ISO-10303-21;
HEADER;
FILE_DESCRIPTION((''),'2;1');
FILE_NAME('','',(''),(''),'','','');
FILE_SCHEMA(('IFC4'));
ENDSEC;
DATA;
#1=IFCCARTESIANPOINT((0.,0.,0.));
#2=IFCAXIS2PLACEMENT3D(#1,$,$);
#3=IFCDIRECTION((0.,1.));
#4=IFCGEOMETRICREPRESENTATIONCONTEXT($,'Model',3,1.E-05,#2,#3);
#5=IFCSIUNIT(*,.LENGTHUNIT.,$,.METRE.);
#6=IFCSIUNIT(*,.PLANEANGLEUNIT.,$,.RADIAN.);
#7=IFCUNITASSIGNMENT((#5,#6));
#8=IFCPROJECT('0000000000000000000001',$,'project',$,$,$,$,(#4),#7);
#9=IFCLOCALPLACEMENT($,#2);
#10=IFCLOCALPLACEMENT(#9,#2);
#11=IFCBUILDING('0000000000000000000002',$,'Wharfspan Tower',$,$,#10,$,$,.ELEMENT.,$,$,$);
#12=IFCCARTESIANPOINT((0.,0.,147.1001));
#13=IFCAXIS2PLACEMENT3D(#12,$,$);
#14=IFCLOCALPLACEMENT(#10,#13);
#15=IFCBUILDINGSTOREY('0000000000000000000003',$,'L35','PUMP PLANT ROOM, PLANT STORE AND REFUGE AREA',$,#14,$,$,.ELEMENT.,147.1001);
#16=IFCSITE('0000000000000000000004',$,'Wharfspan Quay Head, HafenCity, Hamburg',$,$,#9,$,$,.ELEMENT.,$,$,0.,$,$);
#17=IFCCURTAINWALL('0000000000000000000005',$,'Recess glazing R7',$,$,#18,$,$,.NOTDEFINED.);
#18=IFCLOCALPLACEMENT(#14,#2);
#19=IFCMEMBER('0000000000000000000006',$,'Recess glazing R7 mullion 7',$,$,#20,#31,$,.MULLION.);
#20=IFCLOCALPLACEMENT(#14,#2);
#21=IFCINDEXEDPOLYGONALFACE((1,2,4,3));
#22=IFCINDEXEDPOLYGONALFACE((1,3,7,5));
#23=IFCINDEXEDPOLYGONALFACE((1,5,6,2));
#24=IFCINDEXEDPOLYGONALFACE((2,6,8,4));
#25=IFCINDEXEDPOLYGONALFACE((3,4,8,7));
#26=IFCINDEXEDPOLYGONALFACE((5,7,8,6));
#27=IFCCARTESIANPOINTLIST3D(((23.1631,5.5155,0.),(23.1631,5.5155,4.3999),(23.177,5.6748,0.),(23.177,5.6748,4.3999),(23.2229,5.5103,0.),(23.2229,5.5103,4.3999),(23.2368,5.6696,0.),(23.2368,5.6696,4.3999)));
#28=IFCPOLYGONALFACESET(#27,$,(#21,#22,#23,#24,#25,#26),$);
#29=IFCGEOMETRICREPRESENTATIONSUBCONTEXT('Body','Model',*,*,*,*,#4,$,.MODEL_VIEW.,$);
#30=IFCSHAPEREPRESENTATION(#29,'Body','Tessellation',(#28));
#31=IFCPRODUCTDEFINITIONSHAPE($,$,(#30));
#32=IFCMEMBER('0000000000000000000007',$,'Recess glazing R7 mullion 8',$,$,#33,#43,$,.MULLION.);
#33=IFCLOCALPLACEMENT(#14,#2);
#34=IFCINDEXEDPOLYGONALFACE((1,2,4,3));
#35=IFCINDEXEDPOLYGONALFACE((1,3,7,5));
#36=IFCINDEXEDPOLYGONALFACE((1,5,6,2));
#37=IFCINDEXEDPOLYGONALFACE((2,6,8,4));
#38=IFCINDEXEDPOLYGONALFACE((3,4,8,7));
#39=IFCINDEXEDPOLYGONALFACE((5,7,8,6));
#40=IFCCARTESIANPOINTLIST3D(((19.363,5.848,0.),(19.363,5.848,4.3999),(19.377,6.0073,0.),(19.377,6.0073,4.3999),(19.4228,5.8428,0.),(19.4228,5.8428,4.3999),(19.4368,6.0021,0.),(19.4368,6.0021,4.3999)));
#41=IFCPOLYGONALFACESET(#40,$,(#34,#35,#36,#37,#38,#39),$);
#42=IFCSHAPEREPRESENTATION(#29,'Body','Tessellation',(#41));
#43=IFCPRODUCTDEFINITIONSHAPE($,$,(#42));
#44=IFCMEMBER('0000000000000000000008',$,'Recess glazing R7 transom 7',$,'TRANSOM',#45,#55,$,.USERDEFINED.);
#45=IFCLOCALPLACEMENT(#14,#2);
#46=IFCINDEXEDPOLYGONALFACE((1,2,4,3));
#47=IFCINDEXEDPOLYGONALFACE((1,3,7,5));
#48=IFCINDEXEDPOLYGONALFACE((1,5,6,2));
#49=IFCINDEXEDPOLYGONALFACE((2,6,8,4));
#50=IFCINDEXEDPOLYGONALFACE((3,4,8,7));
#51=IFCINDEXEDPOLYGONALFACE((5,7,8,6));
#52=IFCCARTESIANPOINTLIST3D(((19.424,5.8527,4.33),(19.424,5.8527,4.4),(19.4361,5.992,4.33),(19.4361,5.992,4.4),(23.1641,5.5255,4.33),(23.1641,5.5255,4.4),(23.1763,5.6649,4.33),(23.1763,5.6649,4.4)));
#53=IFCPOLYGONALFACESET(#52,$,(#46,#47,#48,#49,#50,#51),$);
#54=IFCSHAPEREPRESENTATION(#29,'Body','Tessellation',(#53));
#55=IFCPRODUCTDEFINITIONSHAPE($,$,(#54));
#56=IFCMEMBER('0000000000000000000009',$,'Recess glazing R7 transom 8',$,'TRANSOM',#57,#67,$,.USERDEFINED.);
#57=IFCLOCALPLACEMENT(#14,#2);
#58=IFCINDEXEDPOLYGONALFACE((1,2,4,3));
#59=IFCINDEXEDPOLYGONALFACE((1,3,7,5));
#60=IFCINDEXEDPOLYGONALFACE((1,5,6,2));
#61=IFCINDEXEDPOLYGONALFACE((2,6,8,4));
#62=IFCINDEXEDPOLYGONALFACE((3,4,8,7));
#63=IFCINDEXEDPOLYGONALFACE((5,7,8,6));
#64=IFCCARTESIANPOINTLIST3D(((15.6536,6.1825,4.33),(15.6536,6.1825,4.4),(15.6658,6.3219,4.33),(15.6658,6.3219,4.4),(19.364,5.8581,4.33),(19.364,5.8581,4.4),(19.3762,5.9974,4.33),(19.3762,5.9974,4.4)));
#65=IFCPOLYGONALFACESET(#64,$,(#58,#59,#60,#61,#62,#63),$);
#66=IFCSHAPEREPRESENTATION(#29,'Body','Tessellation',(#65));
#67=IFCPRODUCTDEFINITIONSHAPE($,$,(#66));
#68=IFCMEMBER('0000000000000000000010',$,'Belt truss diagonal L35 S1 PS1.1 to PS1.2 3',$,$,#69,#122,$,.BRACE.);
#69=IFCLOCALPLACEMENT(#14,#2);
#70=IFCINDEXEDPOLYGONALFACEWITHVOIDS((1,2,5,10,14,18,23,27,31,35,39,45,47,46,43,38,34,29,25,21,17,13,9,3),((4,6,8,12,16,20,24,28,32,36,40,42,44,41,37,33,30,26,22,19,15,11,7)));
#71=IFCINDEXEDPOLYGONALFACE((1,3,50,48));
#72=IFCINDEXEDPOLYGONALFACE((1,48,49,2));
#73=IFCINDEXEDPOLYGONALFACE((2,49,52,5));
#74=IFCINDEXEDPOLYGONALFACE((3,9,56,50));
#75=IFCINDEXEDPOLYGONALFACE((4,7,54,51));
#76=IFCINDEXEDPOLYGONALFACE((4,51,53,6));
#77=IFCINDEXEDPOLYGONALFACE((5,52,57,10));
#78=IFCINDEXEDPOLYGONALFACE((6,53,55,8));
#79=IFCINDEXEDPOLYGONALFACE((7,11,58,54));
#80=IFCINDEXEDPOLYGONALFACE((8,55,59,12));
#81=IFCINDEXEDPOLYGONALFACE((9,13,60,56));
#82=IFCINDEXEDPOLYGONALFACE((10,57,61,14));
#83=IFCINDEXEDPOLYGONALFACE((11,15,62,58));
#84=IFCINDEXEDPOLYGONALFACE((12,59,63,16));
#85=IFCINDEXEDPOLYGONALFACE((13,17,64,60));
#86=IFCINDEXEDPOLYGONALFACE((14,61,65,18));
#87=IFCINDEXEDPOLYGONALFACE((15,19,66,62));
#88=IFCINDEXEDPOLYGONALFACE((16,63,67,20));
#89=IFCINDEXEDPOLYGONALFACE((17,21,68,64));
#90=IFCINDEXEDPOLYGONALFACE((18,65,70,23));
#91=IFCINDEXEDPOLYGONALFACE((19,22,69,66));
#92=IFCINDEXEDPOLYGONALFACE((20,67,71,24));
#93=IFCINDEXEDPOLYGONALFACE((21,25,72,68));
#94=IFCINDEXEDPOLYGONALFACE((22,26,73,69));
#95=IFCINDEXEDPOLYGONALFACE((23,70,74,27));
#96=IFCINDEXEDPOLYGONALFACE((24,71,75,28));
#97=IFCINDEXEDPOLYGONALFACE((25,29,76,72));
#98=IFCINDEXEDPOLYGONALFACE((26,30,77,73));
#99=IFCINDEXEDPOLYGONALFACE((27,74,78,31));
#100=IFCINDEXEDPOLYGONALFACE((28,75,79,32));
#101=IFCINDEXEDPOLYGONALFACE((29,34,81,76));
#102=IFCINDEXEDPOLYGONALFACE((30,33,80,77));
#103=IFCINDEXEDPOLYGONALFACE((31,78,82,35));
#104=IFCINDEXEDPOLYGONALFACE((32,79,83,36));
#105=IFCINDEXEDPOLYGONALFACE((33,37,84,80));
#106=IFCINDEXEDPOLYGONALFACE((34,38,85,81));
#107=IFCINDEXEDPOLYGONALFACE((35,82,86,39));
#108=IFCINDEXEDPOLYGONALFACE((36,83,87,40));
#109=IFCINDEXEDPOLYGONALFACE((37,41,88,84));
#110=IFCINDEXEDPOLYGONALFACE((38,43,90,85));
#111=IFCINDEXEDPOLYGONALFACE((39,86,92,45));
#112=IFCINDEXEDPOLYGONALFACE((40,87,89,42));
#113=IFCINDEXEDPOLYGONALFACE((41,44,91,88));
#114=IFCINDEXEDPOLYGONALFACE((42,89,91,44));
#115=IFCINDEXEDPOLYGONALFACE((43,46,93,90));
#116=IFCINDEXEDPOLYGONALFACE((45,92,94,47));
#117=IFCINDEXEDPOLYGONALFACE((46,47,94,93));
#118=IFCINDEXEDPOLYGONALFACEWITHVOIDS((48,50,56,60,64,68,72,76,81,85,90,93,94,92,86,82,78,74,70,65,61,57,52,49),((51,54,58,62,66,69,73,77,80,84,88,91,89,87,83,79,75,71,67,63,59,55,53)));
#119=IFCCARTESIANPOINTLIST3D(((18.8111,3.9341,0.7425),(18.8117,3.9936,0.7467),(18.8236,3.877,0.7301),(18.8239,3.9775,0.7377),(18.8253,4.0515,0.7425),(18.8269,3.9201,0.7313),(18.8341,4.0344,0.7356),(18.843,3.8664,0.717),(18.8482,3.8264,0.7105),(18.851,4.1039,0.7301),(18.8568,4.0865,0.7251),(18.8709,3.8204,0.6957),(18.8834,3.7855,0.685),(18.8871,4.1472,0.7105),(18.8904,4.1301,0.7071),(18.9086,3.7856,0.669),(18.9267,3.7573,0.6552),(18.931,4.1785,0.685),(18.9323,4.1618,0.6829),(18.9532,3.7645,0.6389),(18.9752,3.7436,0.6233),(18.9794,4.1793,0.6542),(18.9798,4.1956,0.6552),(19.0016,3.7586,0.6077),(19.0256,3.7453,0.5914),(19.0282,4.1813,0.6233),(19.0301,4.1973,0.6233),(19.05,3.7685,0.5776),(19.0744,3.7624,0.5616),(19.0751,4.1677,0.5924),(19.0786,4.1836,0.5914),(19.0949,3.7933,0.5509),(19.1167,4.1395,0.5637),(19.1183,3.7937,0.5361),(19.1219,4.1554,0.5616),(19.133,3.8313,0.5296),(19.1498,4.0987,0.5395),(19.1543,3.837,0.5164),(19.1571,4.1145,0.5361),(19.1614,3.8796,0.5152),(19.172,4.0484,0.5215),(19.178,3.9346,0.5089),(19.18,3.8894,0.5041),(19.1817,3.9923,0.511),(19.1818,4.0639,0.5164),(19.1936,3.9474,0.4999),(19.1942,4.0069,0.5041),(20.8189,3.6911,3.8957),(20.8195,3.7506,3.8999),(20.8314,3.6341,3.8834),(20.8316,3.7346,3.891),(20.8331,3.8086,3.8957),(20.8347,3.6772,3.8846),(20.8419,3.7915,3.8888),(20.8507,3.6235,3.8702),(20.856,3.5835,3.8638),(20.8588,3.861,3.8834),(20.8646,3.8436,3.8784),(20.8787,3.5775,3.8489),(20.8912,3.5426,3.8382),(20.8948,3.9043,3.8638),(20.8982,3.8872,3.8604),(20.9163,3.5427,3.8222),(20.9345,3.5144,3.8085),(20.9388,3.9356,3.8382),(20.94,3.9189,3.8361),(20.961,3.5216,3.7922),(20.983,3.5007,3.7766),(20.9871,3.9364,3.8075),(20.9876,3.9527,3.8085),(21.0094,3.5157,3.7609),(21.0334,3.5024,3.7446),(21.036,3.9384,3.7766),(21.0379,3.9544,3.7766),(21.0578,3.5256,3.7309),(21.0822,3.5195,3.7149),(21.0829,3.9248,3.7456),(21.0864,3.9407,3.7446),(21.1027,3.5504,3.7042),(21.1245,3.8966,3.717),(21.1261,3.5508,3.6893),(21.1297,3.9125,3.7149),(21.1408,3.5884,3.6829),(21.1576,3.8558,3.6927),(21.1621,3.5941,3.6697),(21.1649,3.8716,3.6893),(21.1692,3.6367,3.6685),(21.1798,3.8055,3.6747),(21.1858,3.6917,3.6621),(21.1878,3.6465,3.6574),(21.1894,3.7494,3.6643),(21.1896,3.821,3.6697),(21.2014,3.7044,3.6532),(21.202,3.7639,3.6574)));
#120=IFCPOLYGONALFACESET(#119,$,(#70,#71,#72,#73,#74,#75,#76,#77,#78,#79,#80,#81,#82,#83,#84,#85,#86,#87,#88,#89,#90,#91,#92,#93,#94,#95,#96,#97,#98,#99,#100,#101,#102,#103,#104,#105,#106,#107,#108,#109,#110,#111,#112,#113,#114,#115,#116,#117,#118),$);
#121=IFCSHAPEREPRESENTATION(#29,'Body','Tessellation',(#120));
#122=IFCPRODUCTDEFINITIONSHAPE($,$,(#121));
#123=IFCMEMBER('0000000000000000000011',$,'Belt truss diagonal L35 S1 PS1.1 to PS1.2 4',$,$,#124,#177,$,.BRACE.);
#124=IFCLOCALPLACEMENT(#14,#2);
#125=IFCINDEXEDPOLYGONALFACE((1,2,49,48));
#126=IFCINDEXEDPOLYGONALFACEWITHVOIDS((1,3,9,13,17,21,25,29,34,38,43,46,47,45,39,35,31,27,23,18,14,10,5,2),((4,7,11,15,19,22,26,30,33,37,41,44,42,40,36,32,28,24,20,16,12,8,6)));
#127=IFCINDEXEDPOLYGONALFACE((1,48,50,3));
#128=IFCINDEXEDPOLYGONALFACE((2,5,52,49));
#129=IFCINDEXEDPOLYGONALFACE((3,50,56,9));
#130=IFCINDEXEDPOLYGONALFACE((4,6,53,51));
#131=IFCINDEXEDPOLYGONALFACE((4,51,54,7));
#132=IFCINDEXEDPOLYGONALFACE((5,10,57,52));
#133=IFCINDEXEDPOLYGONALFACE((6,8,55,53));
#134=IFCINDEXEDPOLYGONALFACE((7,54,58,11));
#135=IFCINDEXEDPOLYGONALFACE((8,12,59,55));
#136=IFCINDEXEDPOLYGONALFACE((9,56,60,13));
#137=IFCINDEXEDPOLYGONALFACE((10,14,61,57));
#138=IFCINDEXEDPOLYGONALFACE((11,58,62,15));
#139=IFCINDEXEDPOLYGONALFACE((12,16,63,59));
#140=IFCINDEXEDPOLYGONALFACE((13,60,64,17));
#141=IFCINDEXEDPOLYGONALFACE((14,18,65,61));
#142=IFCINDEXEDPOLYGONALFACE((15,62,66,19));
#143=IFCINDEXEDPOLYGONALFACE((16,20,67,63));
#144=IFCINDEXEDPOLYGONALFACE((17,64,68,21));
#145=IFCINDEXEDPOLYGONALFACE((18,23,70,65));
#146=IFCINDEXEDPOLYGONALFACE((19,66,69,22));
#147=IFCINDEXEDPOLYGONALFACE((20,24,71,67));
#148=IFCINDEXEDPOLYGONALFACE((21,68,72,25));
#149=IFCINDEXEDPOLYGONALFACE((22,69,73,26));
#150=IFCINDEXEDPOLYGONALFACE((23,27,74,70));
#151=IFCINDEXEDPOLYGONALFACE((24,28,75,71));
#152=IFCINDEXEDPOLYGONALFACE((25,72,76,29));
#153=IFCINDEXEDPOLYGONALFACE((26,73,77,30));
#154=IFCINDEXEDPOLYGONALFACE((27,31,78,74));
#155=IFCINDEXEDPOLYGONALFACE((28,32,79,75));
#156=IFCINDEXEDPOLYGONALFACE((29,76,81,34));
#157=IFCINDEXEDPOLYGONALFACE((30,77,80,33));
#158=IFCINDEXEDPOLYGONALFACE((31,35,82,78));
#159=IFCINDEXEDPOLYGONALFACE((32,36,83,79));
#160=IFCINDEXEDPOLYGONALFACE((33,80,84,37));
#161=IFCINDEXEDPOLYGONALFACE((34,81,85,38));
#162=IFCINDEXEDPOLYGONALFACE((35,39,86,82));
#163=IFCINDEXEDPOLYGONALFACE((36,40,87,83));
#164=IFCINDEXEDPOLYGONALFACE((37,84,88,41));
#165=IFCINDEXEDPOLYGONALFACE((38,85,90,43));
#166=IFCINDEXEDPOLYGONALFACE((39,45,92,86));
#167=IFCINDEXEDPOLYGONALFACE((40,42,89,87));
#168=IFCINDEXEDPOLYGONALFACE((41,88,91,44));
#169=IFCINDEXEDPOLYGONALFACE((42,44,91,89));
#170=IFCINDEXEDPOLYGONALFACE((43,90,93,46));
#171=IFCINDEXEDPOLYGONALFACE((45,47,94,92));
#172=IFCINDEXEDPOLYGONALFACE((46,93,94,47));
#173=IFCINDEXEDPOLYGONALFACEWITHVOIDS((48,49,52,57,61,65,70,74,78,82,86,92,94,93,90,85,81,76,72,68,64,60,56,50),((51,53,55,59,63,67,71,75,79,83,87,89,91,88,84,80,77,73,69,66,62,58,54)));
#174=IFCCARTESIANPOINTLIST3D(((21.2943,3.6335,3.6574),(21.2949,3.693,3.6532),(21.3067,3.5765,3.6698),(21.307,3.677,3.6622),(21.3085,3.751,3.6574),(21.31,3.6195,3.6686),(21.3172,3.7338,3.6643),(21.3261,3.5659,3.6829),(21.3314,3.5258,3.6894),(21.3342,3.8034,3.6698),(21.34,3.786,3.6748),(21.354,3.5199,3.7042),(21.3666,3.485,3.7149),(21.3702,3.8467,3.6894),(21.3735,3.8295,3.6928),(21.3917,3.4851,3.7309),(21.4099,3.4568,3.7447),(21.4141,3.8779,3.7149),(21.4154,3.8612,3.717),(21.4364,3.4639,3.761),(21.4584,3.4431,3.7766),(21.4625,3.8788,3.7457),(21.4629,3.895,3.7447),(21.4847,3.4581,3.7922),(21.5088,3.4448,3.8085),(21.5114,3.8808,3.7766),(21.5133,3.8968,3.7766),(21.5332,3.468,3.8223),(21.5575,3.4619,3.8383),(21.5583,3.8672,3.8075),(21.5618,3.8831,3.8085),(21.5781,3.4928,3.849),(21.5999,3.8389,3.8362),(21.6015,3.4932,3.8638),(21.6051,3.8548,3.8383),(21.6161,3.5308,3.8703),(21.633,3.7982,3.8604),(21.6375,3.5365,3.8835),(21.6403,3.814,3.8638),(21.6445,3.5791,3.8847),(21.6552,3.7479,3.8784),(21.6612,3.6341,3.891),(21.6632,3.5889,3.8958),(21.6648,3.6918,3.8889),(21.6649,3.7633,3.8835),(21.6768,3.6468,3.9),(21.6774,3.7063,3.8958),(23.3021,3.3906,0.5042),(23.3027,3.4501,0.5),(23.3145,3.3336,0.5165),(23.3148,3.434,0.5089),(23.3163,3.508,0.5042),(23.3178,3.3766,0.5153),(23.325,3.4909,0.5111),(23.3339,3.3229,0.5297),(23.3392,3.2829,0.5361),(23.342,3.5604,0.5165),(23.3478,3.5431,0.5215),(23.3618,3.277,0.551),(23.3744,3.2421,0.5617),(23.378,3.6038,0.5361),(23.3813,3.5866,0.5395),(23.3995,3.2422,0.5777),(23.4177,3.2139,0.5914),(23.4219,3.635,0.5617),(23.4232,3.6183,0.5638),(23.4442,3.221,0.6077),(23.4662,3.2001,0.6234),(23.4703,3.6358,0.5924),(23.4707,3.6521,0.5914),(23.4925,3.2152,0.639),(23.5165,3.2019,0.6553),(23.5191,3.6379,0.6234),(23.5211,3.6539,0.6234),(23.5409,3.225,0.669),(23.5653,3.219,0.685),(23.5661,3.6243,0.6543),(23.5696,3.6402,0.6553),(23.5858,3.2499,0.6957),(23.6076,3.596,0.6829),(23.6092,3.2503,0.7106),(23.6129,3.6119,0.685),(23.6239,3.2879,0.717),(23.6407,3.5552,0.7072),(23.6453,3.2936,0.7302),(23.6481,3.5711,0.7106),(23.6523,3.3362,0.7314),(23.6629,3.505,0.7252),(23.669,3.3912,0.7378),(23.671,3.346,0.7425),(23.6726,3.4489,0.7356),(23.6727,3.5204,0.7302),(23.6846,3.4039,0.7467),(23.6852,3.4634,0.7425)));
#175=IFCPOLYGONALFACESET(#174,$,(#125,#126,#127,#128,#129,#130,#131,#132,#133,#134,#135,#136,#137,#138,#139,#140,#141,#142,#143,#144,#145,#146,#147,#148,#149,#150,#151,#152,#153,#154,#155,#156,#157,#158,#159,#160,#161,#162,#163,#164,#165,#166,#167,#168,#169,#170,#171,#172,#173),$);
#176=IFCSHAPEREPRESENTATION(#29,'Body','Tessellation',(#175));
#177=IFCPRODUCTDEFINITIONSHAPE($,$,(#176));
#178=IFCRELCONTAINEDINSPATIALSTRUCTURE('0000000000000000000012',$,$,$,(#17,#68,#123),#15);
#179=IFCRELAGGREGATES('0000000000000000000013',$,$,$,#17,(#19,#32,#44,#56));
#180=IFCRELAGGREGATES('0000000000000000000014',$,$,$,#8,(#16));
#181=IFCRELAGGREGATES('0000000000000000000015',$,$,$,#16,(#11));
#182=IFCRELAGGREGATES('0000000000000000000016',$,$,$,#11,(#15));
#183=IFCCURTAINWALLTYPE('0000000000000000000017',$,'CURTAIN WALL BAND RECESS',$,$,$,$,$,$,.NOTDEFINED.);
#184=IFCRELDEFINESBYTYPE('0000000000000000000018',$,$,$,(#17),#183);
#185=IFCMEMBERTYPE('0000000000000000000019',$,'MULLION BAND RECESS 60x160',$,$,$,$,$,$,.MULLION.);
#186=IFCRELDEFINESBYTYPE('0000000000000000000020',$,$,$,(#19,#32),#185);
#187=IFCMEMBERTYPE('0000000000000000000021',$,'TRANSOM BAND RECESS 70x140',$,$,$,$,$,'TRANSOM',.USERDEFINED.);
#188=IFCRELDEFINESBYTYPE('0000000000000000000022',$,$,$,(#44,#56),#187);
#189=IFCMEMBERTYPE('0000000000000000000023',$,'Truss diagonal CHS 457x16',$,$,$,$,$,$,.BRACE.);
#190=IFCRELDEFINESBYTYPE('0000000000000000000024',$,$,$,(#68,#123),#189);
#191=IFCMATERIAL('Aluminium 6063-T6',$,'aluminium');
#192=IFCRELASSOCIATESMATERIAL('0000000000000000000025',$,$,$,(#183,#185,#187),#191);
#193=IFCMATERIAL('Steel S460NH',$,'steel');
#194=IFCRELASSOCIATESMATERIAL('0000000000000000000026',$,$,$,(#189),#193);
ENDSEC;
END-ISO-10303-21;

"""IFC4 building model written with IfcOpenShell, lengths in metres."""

from ifc_helpers import new_model, si_unit, direction, frame, origin, origin_2d, place, context, subcontext, project, spatial, rectangle, hollow_circle, extrude, material, material_profile, profile_set, type_object, element, aggregate, save


model = new_model("IFC4")

# Units and contexts
model_context = context("Model", 3, precision=1e-05, world=origin(), true_north=direction((0.0, 1.0)))
body_context = subcontext(model_context, "Body", "Model", "MODEL_VIEW")
ifc_project = project(units=[si_unit("LENGTHUNIT", "METRE"), si_unit("PLANEANGLEUNIT", "RADIAN")], contexts=[model_context])

# Site, building, storey
site_placement = place(None, origin())
site = spatial("IfcSite", under=ifc_project, at=site_placement, Name="Wharfspan Quay Head, HafenCity, Hamburg", CompositionType="ELEMENT", RefElevation=0.0)
building_placement = place(site_placement, origin())
building = spatial("IfcBuilding", under=site, at=building_placement, Name="Wharfspan Tower", CompositionType="ELEMENT")
storey_placement = place(building_placement, frame((0.0, 0.0, 147.1001)))
storey = spatial("IfcBuildingStorey", under=building, at=storey_placement, Name="L35", Description="PUMP PLANT ROOM, PLANT STORE AND REFUGE AREA", CompositionType="ELEMENT", Elevation=147.1001)

# Curtain wall, members
ifc_material_1 = material(Name="Aluminium 6063-T6", Category="aluminium")
curtain_wall_type = type_object("IfcCurtainWallType", Name="CURTAIN WALL BAND RECESS", PredefinedType="NOTDEFINED", material=ifc_material_1)
curtain_wall_placement = place(storey_placement, origin())
curtain_wall = element("IfcCurtainWall", 1, at=curtain_wall_placement, inside=storey, type_object=curtain_wall_type, Name="Recess glazing R7", PredefinedType="NOTDEFINED")
ifc_material_profile_1 = material_profile(ifc_material_1, rectangle(XDim=0.1599, YDim=0.0601, at=origin_2d()))
ifc_profile_set_1 = profile_set([ifc_material_profile_1], Name="Aluminium 6063-T6")
member_type_1 = type_object("IfcMemberType", Name="MULLION BAND RECESS 60x160", PredefinedType="MULLION", material=ifc_profile_set_1)
member_1_placement = place(storey_placement, frame((23.2, 5.5925, 0.0), z_axis=(0.0, 0.0, 1.0), x_axis=(-0.087156, -0.996198, 0.0)))
member_1 = element("IfcMember", 2, at=member_1_placement, type_object=member_type_1, Name="Recess glazing R7 mullion 7", PredefinedType="MULLION", context=body_context, shape_type="SweptSolid", body=[
    extrude(rectangle(XDim=0.1599, YDim=0.0601, at=origin_2d()), origin(), (0.0, 0.0, 1.0), 4.3999),
])
member_2_placement = place(storey_placement, frame((19.3999, 5.925, 0.0), z_axis=(0.0, 0.0, 1.0), x_axis=(-0.087156, -0.996198, 0.0)))
member_2 = element("IfcMember", 3, at=member_2_placement, type_object=member_type_1, Name="Recess glazing R7 mullion 8", PredefinedType="MULLION", context=body_context, shape_type="SweptSolid", body=[
    extrude(rectangle(XDim=0.1599, YDim=0.0601, at=origin_2d()), origin(), (0.0, 0.0, 1.0), 4.3999),
])
ifc_material_profile_2 = material_profile(ifc_material_1, rectangle(XDim=0.1399, YDim=0.0701, at=origin_2d()))
ifc_profile_set_2 = profile_set([ifc_material_profile_2], Name="Aluminium 6063-T6")
member_type_2 = type_object("IfcMemberType", Name="TRANSOM BAND RECESS 70x140", ElementType="TRANSOM", PredefinedType="USERDEFINED", material=ifc_profile_set_2)
member_3_placement = place(storey_placement, frame((23.1702, 5.5952, 4.365), z_axis=(-0.996197, 0.087135, 0.0), x_axis=(-0.087135, -0.996197, 0.0)))
member_3 = element("IfcMember", 4, at=member_3_placement, type_object=member_type_2, Name="Recess glazing R7 transom 7", ObjectType="TRANSOM", PredefinedType="USERDEFINED", context=body_context, shape_type="SweptSolid", body=[
    extrude(rectangle(XDim=0.1399, YDim=0.0701, at=origin_2d()), origin(), (0.0, 0.0, 1.0), 3.7544),
])
member_4_placement = place(storey_placement, frame((19.3701, 5.9277, 4.365), z_axis=(-0.996198, 0.087113, 0.0), x_axis=(-0.087113, -0.996198, 0.0)))
member_4 = element("IfcMember", 5, at=member_4_placement, type_object=member_type_2, Name="Recess glazing R7 transom 8", ObjectType="TRANSOM", PredefinedType="USERDEFINED", context=body_context, shape_type="SweptSolid", body=[
    extrude(rectangle(XDim=0.1399, YDim=0.0701, at=origin_2d()), origin(), (0.0, 0.0, 1.0), 3.7246),
])

# Members
ifc_material_2 = material(Name="Steel S460NH", Category="steel")
ifc_material_profile_3 = material_profile(ifc_material_2, hollow_circle(Radius=0.2285, WallThickness=0.0161, at=origin_2d()))
ifc_profile_set_3 = profile_set([ifc_material_profile_3], Name="Steel S460NH")
member_type_3 = type_object("IfcMemberType", Name="Truss diagonal CHS 457x16", PredefinedType="BRACE", material=ifc_profile_set_3)
for number, where, z_axis, x_axis, name in (
    (6, (19.0027, 3.9705, 0.6233), (0.535965, -0.064845, 0.841746), (0.120113, 0.99276, -0.000001), "Belt truss diagonal L35 S1 PS1.1 to PS1.2 3"),
    (7, (21.4858, 3.6699, 3.7766), (0.535965, -0.064845, -0.841746), (0.120113, 0.99276, 0.000001), "Belt truss diagonal L35 S1 PS1.1 to PS1.2 4"),
):
    element("IfcMember", number, at=place(storey_placement, frame(where, z_axis=z_axis, x_axis=x_axis)), inside=storey, type_object=member_type_3, Name=name, PredefinedType="BRACE", context=body_context, shape_type="SweptSolid", body=[
        extrude(hollow_circle(Radius=0.2285, WallThickness=0.0161, at=origin_2d()), origin(), (0.0, 0.0, 1.0), 3.7461),
    ])

aggregate(curtain_wall, [member_1, member_2, member_3, member_4])

save(model, "model.ifc")
